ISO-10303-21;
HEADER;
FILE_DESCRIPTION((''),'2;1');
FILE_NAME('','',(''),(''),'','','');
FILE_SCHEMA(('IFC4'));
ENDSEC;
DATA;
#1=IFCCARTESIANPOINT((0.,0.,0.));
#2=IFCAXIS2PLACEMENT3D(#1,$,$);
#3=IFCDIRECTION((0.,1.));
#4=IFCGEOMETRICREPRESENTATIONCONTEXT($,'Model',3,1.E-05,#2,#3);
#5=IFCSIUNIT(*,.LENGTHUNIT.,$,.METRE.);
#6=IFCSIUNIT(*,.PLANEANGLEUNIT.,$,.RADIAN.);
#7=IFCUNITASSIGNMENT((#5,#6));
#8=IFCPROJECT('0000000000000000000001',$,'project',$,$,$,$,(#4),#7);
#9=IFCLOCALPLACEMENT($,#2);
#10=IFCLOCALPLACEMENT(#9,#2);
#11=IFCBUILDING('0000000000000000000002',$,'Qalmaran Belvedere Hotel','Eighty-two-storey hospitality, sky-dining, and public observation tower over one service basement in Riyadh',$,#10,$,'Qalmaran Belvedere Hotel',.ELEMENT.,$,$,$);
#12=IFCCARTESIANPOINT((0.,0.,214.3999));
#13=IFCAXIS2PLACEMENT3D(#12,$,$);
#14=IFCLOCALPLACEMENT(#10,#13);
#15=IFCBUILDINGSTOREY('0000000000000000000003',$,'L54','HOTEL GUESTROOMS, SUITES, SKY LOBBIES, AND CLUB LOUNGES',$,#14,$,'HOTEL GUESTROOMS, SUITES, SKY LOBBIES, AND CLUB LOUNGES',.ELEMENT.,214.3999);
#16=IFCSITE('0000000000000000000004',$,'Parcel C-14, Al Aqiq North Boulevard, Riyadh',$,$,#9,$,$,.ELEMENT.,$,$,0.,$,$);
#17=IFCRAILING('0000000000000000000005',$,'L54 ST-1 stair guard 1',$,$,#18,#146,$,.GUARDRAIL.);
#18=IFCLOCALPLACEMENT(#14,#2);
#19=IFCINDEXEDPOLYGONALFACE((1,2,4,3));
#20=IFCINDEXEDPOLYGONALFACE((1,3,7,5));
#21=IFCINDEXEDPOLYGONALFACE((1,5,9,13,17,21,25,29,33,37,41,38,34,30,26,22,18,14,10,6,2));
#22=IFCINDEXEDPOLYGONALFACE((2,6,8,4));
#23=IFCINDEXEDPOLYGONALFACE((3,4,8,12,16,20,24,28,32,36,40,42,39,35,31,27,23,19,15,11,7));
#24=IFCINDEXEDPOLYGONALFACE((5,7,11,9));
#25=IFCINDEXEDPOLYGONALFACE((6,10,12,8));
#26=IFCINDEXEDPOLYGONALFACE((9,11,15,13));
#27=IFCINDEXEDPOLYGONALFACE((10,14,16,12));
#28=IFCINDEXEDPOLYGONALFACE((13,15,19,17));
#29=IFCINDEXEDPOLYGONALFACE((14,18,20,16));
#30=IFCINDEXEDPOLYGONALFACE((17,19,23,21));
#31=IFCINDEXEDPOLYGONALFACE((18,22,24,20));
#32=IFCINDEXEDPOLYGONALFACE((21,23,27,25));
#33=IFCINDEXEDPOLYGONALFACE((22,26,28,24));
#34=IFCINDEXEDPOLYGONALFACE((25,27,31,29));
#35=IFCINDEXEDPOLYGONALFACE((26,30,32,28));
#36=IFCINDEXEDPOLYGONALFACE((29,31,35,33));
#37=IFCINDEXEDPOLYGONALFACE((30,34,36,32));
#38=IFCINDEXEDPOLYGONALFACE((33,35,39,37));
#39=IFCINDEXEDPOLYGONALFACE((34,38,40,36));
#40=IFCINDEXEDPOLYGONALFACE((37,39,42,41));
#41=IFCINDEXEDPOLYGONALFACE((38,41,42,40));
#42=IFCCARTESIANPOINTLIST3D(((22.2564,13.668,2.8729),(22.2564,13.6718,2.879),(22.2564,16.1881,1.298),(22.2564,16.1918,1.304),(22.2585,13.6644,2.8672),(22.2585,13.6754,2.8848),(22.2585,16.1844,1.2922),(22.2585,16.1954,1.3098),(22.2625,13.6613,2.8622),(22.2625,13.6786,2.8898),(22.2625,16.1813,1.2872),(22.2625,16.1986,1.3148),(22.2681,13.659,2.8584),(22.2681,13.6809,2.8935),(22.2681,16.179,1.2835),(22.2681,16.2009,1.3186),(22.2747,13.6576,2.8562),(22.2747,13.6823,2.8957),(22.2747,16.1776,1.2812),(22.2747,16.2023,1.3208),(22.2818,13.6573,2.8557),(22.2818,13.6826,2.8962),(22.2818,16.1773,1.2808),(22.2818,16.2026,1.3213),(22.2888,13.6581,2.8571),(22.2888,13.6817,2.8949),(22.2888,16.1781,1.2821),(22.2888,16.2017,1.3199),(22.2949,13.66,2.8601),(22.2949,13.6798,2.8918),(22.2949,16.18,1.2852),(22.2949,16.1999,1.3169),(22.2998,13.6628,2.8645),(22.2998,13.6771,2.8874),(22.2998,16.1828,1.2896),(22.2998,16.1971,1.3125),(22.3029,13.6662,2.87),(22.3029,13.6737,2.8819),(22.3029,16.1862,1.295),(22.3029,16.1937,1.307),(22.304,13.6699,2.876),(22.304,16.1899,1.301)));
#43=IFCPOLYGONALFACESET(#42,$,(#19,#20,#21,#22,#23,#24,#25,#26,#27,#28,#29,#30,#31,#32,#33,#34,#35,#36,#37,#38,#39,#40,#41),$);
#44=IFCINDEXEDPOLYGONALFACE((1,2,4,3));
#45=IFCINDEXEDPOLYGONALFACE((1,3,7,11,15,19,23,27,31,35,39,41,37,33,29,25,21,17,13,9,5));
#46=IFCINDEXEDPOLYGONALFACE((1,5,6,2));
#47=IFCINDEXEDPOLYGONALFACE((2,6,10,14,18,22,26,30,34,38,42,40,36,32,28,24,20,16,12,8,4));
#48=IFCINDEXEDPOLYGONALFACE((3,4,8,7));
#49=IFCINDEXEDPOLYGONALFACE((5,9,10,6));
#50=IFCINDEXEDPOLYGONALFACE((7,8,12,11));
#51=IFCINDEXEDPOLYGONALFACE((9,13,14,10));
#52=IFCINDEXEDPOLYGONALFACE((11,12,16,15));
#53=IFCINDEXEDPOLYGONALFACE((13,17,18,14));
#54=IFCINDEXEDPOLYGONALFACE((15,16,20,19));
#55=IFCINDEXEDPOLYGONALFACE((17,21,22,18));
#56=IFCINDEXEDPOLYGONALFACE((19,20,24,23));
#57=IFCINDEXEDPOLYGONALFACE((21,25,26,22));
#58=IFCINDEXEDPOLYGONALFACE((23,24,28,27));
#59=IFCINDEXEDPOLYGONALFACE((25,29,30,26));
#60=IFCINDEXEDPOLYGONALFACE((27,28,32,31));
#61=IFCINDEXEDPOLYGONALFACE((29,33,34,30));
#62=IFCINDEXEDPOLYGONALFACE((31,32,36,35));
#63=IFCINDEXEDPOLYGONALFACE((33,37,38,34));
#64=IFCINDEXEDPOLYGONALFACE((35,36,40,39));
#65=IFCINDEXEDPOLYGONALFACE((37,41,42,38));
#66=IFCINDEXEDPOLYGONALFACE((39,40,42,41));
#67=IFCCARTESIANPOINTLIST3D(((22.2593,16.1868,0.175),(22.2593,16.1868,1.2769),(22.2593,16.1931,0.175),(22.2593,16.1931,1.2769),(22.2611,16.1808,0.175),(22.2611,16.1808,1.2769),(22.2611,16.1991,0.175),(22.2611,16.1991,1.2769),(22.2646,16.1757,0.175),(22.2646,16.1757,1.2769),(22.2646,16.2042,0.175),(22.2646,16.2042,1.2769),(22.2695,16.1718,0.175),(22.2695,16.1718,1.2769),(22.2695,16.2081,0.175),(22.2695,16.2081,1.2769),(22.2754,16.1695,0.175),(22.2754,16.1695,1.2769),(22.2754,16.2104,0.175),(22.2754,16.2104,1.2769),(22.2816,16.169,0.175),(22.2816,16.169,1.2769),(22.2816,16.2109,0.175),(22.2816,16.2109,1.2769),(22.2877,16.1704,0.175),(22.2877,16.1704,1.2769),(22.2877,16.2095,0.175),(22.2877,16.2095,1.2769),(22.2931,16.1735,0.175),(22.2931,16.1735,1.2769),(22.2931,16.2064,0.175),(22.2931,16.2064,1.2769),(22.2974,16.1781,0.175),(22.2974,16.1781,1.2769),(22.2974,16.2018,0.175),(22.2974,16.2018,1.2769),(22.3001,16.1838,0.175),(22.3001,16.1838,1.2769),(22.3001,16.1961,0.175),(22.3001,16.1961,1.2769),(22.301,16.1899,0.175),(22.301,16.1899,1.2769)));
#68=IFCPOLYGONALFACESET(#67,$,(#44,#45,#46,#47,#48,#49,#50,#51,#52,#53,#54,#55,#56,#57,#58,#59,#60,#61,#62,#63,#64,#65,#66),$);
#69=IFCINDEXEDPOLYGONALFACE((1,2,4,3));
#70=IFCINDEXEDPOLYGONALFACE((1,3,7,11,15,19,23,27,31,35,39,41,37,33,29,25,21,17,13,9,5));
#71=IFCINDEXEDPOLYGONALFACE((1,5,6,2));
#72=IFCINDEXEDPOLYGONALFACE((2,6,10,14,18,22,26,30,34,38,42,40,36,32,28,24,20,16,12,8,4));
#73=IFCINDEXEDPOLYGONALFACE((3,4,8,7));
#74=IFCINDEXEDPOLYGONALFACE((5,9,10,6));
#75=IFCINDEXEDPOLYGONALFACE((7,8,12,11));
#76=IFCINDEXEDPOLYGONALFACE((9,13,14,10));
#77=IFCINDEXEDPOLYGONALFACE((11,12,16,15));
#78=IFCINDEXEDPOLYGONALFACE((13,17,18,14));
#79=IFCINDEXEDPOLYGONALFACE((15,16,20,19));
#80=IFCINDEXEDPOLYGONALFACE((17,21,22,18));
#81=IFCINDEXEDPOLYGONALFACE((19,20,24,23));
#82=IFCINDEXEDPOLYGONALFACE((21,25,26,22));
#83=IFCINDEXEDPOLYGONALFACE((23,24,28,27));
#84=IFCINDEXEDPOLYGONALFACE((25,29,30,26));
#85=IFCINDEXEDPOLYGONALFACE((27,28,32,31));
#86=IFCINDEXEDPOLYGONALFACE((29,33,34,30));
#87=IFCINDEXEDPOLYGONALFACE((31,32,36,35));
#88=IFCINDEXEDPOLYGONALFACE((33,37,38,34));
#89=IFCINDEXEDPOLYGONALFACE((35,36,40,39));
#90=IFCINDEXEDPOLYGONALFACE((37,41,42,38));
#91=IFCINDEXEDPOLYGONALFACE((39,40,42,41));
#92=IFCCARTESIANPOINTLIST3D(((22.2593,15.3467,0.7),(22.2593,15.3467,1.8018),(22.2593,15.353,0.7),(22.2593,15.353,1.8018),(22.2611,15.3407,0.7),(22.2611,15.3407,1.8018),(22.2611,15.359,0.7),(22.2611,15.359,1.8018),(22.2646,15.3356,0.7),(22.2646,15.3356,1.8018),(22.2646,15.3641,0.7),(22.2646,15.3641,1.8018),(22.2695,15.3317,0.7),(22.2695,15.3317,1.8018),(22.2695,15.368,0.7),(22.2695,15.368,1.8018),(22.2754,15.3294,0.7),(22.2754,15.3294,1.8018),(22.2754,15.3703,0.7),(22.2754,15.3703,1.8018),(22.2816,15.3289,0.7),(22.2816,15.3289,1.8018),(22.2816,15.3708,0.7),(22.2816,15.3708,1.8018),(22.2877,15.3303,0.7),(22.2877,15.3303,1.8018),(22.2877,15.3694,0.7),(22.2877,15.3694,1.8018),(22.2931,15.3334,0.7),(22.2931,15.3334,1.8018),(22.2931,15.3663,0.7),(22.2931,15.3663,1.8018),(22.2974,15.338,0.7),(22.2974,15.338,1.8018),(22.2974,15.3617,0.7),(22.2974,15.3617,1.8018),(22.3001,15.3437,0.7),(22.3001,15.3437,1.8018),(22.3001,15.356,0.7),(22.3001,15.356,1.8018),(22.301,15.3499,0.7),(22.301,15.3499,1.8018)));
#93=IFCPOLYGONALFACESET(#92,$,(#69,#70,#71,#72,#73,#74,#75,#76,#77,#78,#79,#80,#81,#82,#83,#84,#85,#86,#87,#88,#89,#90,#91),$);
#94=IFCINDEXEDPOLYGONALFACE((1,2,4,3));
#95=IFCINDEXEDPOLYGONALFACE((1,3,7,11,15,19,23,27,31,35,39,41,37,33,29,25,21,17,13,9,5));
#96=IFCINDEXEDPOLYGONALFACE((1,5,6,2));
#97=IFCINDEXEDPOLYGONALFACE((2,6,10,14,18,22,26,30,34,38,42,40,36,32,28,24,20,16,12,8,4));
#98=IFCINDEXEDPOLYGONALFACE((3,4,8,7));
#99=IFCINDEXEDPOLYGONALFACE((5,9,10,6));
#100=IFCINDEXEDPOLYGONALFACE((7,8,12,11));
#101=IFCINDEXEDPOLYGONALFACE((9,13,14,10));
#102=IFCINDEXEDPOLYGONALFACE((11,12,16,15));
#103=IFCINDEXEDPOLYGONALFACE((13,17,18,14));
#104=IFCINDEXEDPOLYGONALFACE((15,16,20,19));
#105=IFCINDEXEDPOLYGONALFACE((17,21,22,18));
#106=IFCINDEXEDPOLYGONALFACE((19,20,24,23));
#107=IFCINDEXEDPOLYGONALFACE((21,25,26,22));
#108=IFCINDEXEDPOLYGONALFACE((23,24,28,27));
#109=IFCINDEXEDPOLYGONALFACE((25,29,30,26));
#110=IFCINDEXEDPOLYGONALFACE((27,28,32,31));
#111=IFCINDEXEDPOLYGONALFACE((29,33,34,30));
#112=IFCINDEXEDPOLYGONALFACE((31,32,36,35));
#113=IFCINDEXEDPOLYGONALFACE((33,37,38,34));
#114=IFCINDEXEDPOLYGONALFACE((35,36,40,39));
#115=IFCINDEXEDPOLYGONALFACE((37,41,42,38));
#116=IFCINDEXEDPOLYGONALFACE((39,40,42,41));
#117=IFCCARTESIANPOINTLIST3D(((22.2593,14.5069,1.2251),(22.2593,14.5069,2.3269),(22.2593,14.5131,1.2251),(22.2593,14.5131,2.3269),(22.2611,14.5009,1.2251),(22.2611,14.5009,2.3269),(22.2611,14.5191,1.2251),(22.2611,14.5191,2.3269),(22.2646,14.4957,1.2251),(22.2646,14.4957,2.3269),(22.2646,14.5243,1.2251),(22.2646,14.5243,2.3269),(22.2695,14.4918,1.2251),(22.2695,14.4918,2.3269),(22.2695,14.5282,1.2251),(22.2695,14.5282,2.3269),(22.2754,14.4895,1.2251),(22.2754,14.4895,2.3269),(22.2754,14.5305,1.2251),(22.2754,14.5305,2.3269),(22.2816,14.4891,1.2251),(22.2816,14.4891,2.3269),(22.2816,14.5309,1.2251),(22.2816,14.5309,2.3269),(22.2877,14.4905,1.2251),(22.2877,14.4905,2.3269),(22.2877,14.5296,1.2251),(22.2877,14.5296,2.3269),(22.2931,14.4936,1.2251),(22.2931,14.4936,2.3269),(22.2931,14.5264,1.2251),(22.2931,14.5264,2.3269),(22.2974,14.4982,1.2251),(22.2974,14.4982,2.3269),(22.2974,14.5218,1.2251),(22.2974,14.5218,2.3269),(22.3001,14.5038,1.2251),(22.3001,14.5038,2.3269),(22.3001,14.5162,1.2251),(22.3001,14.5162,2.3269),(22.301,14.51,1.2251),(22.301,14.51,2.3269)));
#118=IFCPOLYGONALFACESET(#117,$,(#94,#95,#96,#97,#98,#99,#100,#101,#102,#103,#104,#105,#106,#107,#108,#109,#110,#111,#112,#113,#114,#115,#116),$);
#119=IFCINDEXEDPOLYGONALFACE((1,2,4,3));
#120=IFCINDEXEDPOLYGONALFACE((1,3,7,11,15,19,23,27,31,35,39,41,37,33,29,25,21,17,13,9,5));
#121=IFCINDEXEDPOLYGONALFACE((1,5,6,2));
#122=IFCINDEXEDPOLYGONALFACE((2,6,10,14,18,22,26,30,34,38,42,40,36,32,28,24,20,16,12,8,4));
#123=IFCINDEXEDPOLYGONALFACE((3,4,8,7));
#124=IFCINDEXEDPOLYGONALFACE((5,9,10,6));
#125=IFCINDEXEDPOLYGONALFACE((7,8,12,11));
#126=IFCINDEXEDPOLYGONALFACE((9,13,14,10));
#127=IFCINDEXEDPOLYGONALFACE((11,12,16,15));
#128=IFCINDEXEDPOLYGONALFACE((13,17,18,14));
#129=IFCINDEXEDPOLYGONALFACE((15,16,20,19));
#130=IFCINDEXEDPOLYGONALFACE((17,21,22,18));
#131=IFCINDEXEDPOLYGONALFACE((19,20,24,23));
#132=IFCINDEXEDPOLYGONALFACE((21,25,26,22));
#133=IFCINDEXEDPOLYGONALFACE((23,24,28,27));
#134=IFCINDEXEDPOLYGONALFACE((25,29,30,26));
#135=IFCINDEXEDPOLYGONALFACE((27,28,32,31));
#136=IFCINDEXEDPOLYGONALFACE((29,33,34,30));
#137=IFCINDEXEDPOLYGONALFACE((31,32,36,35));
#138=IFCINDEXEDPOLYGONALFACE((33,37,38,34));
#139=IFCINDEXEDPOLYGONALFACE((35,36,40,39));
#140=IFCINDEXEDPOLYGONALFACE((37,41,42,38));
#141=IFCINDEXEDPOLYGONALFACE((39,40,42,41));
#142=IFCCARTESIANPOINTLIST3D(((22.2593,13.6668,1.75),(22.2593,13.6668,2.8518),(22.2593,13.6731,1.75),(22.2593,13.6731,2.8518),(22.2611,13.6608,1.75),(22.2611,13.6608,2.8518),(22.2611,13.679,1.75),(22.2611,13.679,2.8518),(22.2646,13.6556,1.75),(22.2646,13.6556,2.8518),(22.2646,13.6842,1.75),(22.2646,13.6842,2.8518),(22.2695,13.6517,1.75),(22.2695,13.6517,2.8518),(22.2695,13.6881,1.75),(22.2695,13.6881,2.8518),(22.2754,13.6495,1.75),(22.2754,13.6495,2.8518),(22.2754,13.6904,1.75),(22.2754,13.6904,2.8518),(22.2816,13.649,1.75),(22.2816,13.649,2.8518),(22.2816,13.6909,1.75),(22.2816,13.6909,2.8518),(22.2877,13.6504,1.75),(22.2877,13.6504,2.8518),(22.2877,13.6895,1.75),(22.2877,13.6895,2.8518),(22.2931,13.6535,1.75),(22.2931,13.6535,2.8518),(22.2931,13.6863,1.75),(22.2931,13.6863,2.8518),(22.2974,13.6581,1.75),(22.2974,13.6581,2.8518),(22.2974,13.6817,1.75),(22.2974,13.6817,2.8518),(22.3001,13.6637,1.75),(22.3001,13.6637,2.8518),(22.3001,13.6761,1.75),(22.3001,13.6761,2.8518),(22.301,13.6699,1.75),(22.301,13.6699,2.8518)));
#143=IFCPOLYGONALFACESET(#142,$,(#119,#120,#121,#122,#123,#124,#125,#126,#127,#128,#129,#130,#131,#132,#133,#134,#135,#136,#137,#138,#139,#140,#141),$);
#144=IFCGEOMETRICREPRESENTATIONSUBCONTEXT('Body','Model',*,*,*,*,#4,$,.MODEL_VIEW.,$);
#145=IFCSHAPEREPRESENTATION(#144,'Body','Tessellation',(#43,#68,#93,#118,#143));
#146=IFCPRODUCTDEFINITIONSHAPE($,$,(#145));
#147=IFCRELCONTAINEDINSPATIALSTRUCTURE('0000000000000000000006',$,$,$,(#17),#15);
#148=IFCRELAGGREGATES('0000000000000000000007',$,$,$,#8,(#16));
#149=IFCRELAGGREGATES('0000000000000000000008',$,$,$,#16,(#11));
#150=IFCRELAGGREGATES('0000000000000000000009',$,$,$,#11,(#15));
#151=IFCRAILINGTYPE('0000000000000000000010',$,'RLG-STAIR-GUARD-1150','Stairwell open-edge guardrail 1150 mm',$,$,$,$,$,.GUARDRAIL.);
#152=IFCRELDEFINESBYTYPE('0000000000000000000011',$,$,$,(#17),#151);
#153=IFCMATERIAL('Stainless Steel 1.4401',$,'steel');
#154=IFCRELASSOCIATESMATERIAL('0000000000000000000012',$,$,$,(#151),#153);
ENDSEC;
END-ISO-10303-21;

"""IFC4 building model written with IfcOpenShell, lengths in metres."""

from ifc_helpers import new_model, si_unit, direction, frame, origin, origin_2d, place, context, subcontext, project, spatial, circle, extrude, material, type_object, element, save


model = new_model("IFC4")

# Units and contexts
model_context = context("Model", 3, precision=1e-05, world=origin(), true_north=direction((0.0, 1.0)))
body_context = subcontext(model_context, "Body", "Model", "MODEL_VIEW")
ifc_project = project(units=[si_unit("LENGTHUNIT", "METRE"), si_unit("PLANEANGLEUNIT", "RADIAN")], contexts=[model_context])

# Site, building, storey
site_placement = place(None, origin())
site = spatial("IfcSite", under=ifc_project, at=site_placement, Name="Parcel C-14, Al Aqiq North Boulevard, Riyadh", CompositionType="ELEMENT", RefElevation=0.0)
building_placement = place(site_placement, origin())
building = spatial("IfcBuilding", under=site, at=building_placement, Name="Qalmaran Belvedere Hotel", Description="Eighty-two-storey hospitality, sky-dining, and public observation tower over one service basement in Riyadh", LongName="Qalmaran Belvedere Hotel", CompositionType="ELEMENT")
storey_placement = place(building_placement, frame((0.0, 0.0, 214.3999)))
storey = spatial("IfcBuildingStorey", under=building, at=storey_placement, Name="L54", Description="HOTEL GUESTROOMS, SUITES, SKY LOBBIES, AND CLUB LOUNGES", LongName="HOTEL GUESTROOMS, SUITES, SKY LOBBIES, AND CLUB LOUNGES", CompositionType="ELEMENT", Elevation=214.3999)

# Shared definitions
ifc_material_1 = material(Name="Stainless Steel 1.4401", Category="steel")

# Railing
railing_type_1 = type_object("IfcRailingType", Name="RLG-STAIR-GUARD-1150", Description="Stairwell open-edge guardrail 1150 mm", PredefinedType="GUARDRAIL", material=ifc_material_1)
railing_1_placement = place(storey_placement, frame((22.28, 16.1899, 0.175)))
element("IfcRailing", 1, at=railing_1_placement, inside=storey, type_object=railing_type_1, Name="L54 ST-1 stair guard 1", PredefinedType="GUARDRAIL", context=body_context, shape_type="SweptSolid", body=[
    extrude(circle(Radius=0.0239, at=origin_2d()), frame((0.0, 0.0, 1.126), z_axis=(0.0, -0.848008, 0.529984), x_axis=(1.0, 0.0, 0.0)), (0.0, 0.0, 1.0), 2.9717),
    extrude(circle(Radius=0.021, at=origin_2d()), origin(), (0.0, 0.0, 1.0), 1.1018),
    extrude(circle(Radius=0.021, at=origin_2d()), frame((0.0, -0.8401, 0.5249)), (0.0, 0.0, 1.0), 1.1018),
    extrude(circle(Radius=0.021, at=origin_2d()), frame((0.0, -1.6799, 1.05)), (0.0, 0.0, 1.0), 1.1018),
    extrude(circle(Radius=0.021, at=origin_2d()), frame((0.0, -2.52, 1.575)), (0.0, 0.0, 1.0), 1.1018),
])

save(model, "model.ifc")
